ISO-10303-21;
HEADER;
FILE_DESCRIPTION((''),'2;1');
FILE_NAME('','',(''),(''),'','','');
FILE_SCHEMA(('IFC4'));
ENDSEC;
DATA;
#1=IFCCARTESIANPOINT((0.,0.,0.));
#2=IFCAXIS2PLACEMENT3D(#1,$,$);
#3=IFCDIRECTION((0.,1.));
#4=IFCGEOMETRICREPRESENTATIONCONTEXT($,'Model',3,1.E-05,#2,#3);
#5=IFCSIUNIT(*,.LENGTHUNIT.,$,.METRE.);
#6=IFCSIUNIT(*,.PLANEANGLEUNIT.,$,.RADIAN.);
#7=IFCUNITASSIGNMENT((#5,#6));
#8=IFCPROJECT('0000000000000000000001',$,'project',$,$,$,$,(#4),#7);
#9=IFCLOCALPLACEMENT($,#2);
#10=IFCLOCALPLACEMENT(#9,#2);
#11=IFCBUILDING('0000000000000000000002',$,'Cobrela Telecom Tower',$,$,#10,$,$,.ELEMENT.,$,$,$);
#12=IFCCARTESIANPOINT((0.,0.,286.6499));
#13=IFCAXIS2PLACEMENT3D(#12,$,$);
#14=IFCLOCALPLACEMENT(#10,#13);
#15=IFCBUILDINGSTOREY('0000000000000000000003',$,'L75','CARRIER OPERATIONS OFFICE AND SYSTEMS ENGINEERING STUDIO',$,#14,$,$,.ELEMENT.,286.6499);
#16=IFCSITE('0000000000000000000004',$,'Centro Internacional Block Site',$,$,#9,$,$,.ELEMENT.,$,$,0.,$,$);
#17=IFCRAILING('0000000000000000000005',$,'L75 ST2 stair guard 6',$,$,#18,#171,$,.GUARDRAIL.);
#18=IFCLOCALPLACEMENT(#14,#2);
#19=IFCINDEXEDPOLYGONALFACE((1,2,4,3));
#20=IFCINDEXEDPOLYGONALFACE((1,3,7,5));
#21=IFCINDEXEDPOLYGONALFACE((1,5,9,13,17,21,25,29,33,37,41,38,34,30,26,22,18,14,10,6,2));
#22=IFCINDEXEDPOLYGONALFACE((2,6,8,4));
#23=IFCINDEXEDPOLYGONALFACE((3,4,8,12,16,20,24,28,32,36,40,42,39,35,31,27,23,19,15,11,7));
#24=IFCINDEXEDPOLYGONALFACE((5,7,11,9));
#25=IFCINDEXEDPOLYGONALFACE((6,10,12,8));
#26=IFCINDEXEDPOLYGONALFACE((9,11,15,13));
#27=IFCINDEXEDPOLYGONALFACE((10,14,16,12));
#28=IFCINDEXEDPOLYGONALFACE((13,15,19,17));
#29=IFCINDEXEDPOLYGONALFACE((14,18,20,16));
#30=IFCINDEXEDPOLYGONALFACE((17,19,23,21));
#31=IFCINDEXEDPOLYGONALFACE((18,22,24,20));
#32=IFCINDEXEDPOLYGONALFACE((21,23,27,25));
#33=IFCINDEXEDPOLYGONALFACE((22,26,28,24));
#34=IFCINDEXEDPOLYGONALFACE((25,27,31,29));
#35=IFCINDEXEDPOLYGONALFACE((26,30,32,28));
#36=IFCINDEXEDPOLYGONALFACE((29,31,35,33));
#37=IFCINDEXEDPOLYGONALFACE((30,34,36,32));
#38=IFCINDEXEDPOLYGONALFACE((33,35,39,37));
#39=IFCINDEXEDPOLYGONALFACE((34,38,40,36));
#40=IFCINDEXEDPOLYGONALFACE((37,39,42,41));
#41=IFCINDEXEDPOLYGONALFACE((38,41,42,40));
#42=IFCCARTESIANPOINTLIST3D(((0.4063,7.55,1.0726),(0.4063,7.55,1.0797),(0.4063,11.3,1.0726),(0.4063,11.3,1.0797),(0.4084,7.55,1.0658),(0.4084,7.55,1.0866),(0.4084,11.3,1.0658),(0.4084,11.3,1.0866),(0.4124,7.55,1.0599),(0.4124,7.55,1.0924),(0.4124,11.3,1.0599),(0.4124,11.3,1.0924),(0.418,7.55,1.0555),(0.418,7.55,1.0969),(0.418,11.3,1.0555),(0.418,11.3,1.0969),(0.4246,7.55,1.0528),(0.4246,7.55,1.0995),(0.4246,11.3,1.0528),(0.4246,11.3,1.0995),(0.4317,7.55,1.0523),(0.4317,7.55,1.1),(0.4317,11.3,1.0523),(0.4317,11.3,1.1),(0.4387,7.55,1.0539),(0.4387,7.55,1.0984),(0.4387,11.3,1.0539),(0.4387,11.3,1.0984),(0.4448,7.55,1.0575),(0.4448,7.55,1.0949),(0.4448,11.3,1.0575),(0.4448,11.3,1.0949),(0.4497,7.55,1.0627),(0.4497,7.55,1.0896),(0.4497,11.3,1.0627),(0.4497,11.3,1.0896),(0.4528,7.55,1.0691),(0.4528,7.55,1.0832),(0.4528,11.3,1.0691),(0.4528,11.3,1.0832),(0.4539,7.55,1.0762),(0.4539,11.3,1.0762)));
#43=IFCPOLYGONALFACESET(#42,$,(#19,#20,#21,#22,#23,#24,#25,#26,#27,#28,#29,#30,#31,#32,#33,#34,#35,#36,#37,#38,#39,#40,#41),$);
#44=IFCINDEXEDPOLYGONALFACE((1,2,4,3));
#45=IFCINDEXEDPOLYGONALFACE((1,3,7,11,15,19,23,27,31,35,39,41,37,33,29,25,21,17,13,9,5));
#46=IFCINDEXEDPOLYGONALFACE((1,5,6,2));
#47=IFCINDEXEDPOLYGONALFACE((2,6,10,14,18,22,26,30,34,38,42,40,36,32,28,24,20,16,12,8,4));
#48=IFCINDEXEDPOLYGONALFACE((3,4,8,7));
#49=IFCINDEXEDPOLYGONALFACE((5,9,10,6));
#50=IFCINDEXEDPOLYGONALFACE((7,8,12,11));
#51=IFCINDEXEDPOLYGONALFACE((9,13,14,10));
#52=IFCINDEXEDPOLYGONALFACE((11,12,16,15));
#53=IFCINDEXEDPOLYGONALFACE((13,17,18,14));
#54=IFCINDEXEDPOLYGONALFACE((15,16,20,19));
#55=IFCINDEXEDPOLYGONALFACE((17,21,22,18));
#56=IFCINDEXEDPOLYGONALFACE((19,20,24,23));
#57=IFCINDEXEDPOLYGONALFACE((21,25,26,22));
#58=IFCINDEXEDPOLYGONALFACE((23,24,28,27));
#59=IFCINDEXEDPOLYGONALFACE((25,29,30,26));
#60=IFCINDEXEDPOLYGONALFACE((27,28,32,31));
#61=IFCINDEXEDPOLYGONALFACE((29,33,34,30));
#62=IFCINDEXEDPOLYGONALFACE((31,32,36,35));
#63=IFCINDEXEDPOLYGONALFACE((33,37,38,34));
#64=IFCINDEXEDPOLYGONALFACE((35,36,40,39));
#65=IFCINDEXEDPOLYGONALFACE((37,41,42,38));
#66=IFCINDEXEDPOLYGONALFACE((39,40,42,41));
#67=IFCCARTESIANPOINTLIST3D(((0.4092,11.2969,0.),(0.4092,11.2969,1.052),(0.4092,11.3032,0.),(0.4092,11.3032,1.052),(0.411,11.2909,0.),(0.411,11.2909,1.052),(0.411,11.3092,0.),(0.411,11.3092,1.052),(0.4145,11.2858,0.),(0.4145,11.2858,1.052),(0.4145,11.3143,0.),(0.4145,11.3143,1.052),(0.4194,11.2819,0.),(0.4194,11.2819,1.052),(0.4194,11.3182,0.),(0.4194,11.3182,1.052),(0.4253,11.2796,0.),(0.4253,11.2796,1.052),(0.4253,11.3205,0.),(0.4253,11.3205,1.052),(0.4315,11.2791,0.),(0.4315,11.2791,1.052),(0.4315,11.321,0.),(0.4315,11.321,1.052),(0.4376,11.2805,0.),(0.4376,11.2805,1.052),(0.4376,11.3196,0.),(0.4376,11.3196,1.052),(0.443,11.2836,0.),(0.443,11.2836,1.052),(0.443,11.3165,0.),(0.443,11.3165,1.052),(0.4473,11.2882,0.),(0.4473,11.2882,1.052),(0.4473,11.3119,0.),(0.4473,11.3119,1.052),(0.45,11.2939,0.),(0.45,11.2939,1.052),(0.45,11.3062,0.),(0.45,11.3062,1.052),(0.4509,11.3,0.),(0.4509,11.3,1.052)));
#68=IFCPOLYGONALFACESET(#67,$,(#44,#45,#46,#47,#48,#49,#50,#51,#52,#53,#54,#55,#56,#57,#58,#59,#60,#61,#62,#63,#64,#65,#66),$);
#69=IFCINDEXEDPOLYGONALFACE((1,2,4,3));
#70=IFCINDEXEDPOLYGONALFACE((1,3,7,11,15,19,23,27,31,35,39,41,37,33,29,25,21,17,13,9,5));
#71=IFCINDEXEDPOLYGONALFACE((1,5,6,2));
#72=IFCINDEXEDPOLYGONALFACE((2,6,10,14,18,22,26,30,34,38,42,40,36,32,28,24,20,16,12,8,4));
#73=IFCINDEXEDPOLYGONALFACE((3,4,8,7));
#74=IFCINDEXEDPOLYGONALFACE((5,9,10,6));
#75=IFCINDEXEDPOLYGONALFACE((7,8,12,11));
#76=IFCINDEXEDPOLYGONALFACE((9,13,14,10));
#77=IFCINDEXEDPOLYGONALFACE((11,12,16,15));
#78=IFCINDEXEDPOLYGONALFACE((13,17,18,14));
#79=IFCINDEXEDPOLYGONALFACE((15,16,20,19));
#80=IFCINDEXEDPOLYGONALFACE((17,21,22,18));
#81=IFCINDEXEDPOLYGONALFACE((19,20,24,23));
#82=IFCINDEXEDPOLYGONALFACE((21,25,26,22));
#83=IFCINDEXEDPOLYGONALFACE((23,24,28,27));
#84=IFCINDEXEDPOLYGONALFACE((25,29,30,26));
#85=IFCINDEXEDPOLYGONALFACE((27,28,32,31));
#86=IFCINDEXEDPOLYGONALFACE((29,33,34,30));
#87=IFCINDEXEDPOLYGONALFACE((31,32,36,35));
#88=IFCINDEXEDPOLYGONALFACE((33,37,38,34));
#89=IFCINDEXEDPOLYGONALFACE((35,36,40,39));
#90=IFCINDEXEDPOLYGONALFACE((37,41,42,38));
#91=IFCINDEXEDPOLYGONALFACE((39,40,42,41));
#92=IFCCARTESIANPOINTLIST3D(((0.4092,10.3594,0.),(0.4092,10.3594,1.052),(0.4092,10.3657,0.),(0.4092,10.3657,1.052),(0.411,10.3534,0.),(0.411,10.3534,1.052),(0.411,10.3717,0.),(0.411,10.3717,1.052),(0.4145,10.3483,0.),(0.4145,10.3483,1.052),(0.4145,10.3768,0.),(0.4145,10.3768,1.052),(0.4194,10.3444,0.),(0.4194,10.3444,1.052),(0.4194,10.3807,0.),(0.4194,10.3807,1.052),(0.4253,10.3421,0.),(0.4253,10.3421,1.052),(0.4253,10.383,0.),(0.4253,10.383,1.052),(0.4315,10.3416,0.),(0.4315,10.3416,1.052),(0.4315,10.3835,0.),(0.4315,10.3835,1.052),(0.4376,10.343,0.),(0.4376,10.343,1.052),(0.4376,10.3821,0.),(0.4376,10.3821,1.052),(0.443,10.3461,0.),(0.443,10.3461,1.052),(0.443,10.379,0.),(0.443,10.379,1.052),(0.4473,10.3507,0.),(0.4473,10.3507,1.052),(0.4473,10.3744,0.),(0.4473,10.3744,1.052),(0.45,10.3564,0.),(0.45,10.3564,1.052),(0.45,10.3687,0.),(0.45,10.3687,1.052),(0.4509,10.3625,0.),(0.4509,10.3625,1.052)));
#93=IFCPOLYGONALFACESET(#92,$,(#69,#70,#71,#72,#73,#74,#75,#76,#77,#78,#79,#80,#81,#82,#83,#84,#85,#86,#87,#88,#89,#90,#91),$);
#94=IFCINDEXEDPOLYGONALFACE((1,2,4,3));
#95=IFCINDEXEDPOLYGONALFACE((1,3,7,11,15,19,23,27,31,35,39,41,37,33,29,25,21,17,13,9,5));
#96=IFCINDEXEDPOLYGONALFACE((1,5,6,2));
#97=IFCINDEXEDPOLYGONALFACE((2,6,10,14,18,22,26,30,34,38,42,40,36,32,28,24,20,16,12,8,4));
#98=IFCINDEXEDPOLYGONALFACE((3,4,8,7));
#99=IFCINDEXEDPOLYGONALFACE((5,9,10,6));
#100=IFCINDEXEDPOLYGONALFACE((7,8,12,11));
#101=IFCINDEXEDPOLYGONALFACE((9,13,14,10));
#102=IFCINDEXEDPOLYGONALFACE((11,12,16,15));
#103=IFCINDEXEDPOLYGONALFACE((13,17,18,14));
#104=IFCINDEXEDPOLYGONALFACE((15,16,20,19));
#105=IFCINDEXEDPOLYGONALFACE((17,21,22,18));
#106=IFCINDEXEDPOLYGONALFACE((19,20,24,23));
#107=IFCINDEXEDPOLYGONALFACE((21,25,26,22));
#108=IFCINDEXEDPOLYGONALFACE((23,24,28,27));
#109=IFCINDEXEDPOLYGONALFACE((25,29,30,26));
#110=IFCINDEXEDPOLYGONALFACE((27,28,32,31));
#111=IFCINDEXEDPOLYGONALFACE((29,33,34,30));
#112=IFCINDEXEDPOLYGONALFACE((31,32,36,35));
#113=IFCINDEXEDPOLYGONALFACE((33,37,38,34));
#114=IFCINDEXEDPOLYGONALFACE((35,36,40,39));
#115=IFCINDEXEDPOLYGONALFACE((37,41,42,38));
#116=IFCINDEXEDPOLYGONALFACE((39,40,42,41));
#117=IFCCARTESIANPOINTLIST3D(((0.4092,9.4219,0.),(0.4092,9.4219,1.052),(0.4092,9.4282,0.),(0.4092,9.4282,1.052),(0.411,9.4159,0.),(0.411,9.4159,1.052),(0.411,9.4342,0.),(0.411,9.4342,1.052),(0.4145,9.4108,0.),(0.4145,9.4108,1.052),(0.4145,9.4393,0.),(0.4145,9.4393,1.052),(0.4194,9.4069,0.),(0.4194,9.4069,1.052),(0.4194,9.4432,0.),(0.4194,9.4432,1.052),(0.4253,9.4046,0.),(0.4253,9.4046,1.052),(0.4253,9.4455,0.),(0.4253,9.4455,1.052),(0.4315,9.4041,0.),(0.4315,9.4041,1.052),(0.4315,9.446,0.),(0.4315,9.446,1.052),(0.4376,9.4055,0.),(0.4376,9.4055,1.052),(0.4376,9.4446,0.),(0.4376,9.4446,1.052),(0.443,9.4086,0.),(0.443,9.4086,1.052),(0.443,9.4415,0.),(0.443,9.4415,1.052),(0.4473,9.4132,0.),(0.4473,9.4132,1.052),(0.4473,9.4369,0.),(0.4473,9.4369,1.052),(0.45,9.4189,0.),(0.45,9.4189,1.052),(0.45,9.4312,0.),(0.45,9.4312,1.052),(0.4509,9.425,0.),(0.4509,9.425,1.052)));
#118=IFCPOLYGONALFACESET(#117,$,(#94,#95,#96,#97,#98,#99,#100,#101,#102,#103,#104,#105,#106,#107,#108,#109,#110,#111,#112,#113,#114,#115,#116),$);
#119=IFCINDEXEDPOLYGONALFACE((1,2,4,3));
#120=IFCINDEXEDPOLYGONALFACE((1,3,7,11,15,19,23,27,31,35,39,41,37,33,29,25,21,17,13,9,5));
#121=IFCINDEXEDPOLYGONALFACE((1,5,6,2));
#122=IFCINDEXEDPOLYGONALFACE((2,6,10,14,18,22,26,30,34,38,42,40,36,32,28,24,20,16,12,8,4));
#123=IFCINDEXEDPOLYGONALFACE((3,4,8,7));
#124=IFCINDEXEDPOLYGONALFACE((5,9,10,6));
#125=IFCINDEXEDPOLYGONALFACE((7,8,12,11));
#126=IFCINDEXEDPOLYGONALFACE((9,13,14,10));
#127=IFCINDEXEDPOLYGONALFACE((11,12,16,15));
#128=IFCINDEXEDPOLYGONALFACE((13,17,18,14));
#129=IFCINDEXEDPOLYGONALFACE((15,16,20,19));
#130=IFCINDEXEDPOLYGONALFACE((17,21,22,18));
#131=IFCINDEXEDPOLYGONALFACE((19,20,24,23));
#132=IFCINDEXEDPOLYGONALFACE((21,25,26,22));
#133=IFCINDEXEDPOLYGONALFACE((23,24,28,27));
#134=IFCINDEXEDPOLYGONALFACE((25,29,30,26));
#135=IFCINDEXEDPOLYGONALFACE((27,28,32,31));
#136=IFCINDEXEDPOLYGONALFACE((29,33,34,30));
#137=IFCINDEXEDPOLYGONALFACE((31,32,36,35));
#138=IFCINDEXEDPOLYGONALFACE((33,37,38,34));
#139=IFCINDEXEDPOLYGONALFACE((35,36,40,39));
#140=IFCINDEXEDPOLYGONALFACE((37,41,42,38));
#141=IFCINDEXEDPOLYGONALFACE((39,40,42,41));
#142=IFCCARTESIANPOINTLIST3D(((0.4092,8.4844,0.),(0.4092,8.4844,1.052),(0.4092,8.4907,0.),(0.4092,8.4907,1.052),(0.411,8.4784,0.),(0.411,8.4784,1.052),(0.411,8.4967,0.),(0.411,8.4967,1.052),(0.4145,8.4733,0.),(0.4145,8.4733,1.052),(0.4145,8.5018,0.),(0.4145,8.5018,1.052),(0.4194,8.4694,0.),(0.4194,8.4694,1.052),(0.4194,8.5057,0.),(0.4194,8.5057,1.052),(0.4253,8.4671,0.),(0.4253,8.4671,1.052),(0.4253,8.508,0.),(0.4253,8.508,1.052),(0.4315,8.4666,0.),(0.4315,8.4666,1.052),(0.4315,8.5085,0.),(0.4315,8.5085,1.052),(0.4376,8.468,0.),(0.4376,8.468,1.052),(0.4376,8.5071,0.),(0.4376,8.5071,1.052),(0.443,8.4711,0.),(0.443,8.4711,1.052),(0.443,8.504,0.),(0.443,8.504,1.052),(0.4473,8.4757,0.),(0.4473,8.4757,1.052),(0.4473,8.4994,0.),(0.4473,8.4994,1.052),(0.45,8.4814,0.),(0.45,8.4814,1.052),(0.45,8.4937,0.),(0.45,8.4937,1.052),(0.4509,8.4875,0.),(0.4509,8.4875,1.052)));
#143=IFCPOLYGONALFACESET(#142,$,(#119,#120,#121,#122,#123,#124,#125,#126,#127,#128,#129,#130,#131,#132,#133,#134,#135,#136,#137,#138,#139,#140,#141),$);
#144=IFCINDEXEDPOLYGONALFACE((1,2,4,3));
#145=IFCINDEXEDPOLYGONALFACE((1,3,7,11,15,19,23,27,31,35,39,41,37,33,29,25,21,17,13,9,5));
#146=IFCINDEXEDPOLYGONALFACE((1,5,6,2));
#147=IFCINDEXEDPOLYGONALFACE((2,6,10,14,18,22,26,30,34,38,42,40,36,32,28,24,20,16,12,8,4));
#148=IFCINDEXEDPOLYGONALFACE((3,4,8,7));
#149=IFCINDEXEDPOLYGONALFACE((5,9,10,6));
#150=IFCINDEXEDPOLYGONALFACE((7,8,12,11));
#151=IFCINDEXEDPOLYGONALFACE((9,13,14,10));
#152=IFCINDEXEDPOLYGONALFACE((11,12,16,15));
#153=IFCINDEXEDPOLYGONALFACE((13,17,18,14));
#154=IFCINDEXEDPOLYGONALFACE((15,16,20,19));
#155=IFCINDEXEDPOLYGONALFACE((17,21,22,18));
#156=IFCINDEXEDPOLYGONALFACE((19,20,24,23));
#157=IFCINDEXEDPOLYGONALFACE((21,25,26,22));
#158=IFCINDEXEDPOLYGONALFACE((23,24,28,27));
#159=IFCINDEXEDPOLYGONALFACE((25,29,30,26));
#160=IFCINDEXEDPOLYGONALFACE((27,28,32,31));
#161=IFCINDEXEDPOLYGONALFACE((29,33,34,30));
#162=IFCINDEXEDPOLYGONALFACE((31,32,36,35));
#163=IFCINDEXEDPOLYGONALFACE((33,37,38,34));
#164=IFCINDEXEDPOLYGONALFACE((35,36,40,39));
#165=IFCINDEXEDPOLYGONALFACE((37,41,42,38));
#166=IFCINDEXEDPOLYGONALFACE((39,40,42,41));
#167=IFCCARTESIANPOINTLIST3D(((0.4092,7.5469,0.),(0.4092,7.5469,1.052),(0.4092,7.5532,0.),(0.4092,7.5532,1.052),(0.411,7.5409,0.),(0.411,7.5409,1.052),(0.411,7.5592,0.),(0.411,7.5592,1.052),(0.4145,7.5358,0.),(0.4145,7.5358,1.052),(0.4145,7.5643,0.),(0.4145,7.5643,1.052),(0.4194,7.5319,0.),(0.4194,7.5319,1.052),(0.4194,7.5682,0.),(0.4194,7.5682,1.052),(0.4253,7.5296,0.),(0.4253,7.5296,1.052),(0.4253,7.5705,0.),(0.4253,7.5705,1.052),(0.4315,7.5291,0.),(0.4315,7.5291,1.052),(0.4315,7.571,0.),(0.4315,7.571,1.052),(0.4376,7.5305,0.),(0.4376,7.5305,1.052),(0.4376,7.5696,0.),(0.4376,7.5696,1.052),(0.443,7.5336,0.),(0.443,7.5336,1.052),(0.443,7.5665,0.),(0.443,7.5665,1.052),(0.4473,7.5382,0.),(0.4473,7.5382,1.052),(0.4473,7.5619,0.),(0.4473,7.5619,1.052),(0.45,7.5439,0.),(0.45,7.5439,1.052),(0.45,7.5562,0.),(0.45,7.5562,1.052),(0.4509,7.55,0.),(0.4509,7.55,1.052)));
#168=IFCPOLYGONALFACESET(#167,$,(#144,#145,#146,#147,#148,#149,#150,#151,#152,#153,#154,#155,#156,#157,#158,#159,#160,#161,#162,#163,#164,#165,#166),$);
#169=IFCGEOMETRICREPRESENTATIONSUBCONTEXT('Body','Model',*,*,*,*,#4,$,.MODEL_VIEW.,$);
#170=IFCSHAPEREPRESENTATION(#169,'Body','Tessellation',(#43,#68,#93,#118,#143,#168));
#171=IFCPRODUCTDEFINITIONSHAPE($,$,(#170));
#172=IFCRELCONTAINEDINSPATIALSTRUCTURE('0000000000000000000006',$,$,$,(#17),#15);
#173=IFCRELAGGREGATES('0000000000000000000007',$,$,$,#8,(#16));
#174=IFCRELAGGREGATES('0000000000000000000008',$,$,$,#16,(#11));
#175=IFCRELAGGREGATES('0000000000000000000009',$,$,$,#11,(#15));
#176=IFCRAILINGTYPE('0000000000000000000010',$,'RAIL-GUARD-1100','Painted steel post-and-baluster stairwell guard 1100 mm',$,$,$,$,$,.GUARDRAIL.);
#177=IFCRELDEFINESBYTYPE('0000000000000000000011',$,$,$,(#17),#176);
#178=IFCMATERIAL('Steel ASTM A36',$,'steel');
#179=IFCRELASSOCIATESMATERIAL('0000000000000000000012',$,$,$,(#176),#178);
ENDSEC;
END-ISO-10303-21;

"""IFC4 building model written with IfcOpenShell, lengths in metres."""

from ifc_helpers import new_model, si_unit, direction, frame, origin, origin_2d, place, context, subcontext, project, spatial, circle, extrude, material, type_object, element, save


model = new_model("IFC4")

# Units and contexts
model_context = context("Model", 3, precision=1e-05, world=origin(), true_north=direction((0.0, 1.0)))
body_context = subcontext(model_context, "Body", "Model", "MODEL_VIEW")
ifc_project = project(units=[si_unit("LENGTHUNIT", "METRE"), si_unit("PLANEANGLEUNIT", "RADIAN")], contexts=[model_context])

# Site, building, storey
site_placement = place(None, origin())
site = spatial("IfcSite", under=ifc_project, at=site_placement, Name="Centro Internacional Block Site", CompositionType="ELEMENT", RefElevation=0.0)
building_placement = place(site_placement, origin())
building = spatial("IfcBuilding", under=site, at=building_placement, Name="Cobrela Telecom Tower", CompositionType="ELEMENT")
storey_placement = place(building_placement, frame((0.0, 0.0, 286.6499)))
storey = spatial("IfcBuildingStorey", under=building, at=storey_placement, Name="L75", Description="CARRIER OPERATIONS OFFICE AND SYSTEMS ENGINEERING STUDIO", CompositionType="ELEMENT", Elevation=286.6499)

# Shared definitions
ifc_material_1 = material(Name="Steel ASTM A36", Category="steel")

# Railing
railing_type = type_object("IfcRailingType", Name="RAIL-GUARD-1100", Description="Painted steel post-and-baluster stairwell guard 1100 mm", PredefinedType="GUARDRAIL", material=ifc_material_1)
railing_1_placement = place(storey_placement, frame((0.4299, 11.3, 0.0)))
element("IfcRailing", 1, at=railing_1_placement, inside=storey, type_object=railing_type, Name="L75 ST2 stair guard 6", PredefinedType="GUARDRAIL", context=body_context, shape_type="SweptSolid", body=[
    extrude(circle(Radius=0.0239, at=origin_2d()), frame((0.0, 0.0, 1.0762), z_axis=(0.0, -1.0, 0.0), x_axis=(1.0, 0.0, 0.0)), (0.0, 0.0, 1.0), 3.75),
    extrude(circle(Radius=0.021, at=origin_2d()), origin(), (0.0, 0.0, 1.0), 1.052),
    extrude(circle(Radius=0.021, at=origin_2d()), frame((0.0, -0.9375, 0.0)), (0.0, 0.0, 1.0), 1.052),
    extrude(circle(Radius=0.021, at=origin_2d()), frame((0.0, -1.875, 0.0)), (0.0, 0.0, 1.0), 1.052),
    extrude(circle(Radius=0.021, at=origin_2d()), frame((0.0, -2.8125, 0.0)), (0.0, 0.0, 1.0), 1.052),
    extrude(circle(Radius=0.021, at=origin_2d()), frame((0.0, -3.75, 0.0)), (0.0, 0.0, 1.0), 1.052),
])

save(model, "model.ifc")
